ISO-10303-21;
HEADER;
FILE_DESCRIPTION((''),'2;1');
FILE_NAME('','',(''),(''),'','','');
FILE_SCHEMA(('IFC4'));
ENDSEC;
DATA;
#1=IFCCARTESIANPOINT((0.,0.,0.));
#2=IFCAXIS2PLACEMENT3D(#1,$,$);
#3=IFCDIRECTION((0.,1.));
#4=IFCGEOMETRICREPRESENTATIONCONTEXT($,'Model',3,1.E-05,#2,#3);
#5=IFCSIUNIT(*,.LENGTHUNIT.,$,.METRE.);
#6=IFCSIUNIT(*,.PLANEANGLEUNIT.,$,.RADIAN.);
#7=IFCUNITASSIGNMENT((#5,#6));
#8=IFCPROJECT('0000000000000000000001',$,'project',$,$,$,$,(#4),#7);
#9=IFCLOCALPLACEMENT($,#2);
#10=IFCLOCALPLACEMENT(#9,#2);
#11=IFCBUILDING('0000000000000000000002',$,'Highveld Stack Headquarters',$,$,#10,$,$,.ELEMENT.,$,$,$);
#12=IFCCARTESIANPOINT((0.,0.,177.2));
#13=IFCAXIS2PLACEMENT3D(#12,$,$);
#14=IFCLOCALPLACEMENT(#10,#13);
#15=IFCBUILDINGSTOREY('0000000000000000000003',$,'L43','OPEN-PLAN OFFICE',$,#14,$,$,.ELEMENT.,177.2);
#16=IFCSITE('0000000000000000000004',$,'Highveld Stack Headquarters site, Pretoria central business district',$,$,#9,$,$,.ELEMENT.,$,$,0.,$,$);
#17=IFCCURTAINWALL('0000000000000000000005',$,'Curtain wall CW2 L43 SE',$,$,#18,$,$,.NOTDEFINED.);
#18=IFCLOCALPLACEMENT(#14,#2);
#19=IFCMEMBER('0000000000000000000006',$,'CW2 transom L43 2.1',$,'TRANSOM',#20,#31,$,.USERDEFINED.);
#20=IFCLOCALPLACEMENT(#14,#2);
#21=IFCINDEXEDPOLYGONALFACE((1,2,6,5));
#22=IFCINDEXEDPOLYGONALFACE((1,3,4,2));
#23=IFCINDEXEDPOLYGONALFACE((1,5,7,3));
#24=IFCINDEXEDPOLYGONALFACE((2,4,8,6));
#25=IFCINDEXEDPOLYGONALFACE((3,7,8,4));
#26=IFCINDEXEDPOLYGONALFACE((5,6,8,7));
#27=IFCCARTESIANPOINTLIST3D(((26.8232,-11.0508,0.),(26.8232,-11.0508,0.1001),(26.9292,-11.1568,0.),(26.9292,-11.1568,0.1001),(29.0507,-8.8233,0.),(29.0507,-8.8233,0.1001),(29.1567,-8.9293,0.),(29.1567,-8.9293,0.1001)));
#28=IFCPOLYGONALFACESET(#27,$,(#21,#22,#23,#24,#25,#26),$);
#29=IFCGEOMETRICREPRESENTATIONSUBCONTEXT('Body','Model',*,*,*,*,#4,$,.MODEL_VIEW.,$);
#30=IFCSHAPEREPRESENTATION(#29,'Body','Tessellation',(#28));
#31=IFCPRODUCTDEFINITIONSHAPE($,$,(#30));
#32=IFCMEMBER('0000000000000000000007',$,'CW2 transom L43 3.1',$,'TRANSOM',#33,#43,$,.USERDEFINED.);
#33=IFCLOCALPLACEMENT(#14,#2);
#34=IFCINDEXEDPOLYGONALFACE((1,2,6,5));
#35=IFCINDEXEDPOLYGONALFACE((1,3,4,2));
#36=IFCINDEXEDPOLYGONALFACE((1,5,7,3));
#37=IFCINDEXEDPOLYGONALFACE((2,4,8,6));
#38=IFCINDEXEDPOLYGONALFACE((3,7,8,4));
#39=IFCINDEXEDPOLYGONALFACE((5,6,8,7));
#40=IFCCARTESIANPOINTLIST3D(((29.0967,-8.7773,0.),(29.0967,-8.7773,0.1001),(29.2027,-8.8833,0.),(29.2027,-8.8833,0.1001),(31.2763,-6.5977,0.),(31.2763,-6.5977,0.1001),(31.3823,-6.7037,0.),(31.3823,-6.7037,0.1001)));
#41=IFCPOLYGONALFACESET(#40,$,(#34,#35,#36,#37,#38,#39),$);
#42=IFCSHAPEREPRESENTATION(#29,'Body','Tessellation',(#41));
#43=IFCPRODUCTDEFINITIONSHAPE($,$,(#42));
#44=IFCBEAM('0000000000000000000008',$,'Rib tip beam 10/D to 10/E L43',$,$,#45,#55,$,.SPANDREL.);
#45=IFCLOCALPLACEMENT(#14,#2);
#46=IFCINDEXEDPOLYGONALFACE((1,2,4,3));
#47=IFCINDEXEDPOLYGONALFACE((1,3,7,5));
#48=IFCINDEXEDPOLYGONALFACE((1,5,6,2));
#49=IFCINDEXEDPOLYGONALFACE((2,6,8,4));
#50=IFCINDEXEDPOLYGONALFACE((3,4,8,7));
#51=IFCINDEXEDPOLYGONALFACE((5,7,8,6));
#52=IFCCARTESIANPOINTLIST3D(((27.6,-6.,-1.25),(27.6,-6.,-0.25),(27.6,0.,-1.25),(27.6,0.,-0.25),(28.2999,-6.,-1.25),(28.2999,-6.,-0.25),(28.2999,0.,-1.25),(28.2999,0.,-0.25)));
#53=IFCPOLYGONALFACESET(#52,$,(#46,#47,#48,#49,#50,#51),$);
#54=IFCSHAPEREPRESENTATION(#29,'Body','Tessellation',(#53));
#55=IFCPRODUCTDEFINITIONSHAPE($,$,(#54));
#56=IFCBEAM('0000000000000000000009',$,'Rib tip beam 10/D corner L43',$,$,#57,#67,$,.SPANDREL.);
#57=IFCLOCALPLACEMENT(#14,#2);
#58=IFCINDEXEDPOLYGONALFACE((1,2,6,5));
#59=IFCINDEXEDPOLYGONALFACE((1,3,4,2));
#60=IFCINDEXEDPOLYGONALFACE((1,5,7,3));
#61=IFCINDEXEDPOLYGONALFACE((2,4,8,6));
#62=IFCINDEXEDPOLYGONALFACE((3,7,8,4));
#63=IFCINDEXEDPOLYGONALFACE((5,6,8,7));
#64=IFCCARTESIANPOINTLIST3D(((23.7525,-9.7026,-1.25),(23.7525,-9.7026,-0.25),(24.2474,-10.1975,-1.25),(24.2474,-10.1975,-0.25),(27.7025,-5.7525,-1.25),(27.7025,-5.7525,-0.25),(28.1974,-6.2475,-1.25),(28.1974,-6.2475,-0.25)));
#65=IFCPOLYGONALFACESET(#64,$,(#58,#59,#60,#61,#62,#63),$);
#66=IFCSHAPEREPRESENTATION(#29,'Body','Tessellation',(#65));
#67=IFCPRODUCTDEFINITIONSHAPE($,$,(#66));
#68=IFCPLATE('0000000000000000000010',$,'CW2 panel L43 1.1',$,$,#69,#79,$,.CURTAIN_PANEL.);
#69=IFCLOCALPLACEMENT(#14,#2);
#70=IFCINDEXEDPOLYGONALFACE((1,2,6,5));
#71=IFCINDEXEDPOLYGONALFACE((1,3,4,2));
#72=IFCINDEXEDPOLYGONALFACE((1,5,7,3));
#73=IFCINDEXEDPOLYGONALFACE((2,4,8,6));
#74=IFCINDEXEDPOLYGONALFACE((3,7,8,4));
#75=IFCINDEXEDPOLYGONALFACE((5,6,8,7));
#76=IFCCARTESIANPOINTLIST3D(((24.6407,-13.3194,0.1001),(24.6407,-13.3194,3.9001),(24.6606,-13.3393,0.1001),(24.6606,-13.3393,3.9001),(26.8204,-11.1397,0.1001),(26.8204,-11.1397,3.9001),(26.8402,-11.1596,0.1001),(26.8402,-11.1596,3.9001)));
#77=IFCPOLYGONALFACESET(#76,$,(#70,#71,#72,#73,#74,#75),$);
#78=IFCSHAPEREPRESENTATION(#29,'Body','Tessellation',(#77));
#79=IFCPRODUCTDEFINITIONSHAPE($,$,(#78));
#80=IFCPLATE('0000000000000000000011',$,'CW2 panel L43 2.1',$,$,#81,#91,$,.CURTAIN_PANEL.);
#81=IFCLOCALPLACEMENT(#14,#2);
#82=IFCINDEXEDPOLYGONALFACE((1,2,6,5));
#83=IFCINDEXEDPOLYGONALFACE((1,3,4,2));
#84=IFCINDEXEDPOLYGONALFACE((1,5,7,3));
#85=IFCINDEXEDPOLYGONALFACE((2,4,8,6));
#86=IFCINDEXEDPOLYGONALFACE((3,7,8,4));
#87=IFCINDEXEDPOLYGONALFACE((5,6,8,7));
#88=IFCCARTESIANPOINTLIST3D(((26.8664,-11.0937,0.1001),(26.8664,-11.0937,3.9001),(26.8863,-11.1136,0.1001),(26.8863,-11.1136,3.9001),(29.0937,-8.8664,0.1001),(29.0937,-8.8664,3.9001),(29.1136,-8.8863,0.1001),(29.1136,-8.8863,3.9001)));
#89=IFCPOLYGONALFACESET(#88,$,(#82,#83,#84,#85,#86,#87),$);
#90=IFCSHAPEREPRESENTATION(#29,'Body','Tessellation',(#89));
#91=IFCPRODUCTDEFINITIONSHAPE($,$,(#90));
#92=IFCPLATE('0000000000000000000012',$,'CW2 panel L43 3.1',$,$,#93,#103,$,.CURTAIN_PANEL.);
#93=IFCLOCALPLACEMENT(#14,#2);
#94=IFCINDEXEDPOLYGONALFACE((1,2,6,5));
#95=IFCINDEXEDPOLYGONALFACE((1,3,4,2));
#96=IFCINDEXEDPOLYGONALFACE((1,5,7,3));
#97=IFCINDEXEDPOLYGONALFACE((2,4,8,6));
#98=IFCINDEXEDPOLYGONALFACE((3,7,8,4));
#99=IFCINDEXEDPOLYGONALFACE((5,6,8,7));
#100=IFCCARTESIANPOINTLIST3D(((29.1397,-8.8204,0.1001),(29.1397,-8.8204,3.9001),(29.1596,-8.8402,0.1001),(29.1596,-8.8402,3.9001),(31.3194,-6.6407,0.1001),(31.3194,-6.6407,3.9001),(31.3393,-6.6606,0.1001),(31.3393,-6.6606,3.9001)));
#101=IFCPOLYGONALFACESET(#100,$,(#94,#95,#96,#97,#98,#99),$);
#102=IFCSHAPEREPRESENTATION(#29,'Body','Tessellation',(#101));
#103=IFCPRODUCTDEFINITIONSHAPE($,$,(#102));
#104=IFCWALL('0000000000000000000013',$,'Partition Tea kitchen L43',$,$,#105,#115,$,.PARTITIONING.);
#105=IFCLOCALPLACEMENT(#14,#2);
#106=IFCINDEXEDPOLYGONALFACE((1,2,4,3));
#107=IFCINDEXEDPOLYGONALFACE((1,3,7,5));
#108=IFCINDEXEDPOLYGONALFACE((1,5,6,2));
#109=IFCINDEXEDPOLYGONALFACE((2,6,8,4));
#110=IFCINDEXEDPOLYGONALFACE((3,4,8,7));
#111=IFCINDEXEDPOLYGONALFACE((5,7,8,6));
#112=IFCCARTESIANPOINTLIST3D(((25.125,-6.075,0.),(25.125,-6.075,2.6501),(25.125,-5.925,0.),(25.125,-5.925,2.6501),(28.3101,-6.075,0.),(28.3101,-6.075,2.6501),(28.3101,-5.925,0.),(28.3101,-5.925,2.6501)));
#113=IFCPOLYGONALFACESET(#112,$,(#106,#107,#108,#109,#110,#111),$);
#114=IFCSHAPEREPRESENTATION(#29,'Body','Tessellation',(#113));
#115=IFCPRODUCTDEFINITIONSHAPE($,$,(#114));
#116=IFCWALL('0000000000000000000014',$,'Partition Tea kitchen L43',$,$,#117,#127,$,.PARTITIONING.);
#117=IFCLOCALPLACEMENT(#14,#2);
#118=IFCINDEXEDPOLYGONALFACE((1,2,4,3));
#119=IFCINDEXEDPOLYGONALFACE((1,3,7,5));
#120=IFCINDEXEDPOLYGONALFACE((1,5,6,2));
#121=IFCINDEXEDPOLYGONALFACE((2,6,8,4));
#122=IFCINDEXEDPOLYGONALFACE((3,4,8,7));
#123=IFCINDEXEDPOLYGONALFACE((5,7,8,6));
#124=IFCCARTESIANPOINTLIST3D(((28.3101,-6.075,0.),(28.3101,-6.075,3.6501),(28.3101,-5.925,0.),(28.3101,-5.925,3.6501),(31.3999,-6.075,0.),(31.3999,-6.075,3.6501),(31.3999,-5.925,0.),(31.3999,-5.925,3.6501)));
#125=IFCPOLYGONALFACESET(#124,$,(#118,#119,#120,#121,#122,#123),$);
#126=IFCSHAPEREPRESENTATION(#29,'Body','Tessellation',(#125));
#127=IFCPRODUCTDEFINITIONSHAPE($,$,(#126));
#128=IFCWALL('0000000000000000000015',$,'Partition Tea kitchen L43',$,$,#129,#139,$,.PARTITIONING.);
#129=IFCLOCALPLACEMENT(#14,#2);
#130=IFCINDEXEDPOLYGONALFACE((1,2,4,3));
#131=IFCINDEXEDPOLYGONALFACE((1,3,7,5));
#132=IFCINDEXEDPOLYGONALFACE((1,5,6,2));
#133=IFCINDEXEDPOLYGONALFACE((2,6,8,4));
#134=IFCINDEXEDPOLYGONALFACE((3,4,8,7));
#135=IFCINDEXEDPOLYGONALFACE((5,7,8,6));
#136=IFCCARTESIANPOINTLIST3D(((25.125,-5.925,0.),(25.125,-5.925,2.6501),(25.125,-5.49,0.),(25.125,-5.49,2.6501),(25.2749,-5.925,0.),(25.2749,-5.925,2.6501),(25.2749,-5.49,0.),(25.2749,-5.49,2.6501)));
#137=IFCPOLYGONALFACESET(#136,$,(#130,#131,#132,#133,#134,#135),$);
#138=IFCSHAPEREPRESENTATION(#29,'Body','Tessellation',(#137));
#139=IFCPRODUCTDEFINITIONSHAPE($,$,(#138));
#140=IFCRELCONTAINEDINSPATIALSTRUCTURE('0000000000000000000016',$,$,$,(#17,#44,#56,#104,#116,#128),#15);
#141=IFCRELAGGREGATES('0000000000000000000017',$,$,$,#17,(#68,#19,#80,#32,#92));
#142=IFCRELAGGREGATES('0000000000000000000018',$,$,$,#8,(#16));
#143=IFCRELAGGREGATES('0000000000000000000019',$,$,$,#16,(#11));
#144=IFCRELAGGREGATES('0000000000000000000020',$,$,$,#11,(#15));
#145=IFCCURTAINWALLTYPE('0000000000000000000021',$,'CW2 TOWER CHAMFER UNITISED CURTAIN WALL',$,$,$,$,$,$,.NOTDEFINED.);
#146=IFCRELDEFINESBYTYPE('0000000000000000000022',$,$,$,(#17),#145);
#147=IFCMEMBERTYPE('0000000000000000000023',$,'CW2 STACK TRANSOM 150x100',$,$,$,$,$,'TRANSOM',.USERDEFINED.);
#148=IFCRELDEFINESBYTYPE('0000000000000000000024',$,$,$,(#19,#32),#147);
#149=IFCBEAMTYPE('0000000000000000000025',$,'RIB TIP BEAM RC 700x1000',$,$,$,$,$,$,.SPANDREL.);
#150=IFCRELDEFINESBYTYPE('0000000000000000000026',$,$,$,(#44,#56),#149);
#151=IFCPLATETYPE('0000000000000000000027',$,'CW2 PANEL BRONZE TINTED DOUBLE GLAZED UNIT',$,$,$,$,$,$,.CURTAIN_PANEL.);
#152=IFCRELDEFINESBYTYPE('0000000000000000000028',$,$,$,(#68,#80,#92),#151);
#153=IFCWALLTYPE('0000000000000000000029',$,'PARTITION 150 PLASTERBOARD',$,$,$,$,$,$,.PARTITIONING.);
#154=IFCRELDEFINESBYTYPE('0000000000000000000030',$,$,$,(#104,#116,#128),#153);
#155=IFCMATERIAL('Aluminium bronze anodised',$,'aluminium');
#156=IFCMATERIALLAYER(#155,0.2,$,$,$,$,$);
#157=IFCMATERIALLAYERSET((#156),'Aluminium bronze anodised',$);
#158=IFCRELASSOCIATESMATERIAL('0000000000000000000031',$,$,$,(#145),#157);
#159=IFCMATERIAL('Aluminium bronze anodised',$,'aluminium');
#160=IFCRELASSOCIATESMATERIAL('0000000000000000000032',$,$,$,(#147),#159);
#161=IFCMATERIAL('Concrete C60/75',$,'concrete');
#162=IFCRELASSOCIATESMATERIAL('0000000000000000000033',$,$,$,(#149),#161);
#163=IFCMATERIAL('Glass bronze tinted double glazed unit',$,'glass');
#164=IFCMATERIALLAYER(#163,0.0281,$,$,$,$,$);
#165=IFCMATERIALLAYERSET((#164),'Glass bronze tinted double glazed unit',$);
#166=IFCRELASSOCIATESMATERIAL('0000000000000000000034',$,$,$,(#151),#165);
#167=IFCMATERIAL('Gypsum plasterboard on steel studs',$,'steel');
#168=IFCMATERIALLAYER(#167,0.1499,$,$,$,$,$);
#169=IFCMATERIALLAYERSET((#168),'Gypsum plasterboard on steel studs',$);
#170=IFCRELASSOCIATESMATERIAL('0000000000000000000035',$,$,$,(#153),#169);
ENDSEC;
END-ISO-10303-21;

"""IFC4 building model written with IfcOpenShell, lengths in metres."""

from ifc_helpers import new_model, si_unit, direction, frame, frame_2d, origin, origin_2d, place, context, subcontext, project, spatial, rectangle, extrude, material, layer, layer_set, material_profile, profile_set, type_object, element, aggregate, save


model = new_model("IFC4")

# Units and contexts
model_context = context("Model", 3, precision=1e-05, world=origin(), true_north=direction((0.0, 1.0)))
body_context = subcontext(model_context, "Body", "Model", "MODEL_VIEW")
ifc_project = project(units=[si_unit("LENGTHUNIT", "METRE"), si_unit("PLANEANGLEUNIT", "RADIAN")], contexts=[model_context])

# Site, building, storey
site_placement = place(None, origin())
site = spatial("IfcSite", under=ifc_project, at=site_placement, Name="Highveld Stack Headquarters site, Pretoria central business district", CompositionType="ELEMENT", RefElevation=0.0)
building_placement = place(site_placement, origin())
building = spatial("IfcBuilding", under=site, at=building_placement, Name="Highveld Stack Headquarters", CompositionType="ELEMENT")
storey_placement = place(building_placement, frame((0.0, 0.0, 177.2)))
storey = spatial("IfcBuildingStorey", under=building, at=storey_placement, Name="L43", Description="OPEN-PLAN OFFICE", CompositionType="ELEMENT", Elevation=177.2)

# Curtain wall, members
ifc_material_1 = material(Name="Aluminium bronze anodised", Category="aluminium")
ifc_layer_1 = layer(ifc_material_1, 0.2)
ifc_layer_set_1 = layer_set([ifc_layer_1], Name="Aluminium bronze anodised")
curtain_wall_type_1 = type_object("IfcCurtainWallType", Name="CW2 TOWER CHAMFER UNITISED CURTAIN WALL", PredefinedType="NOTDEFINED", material=ifc_layer_set_1)
curtain_wall_1_placement = place(storey_placement, origin())
curtain_wall_1 = element("IfcCurtainWall", 1, at=curtain_wall_1_placement, inside=storey, type_object=curtain_wall_type_1, Name="Curtain wall CW2 L43 SE", PredefinedType="NOTDEFINED")
ifc_material_2 = material(Name="Aluminium bronze anodised", Category="aluminium")
ifc_material_profile_1 = material_profile(ifc_material_2, rectangle(XDim=0.1499, YDim=0.1001, at=origin_2d()), Name="CW2 TRANSOM 150x100")
ifc_profile_set_1 = profile_set([ifc_material_profile_1], Name="Aluminium bronze anodised")
member_type_1 = type_object("IfcMemberType", Name="CW2 STACK TRANSOM 150x100", ElementType="TRANSOM", PredefinedType="USERDEFINED", material=ifc_profile_set_1)
member_1_placement = place(storey_placement, frame((26.8762, -11.1038, 0.05), z_axis=(0.707107, 0.707107, 0.0), x_axis=(-0.707107, 0.707107, 0.0)))
member_1 = element("IfcMember", 2, at=member_1_placement, type_object=member_type_1, Name="CW2 transom L43 2.1", ObjectType="TRANSOM", PredefinedType="USERDEFINED", context=body_context, shape_type="SweptSolid", body=[
    extrude(rectangle(XDim=0.1499, YDim=0.1001, at=origin_2d()), origin(), (0.0, 0.0, 1.0), 3.1501),
])
member_2_placement = place(storey_placement, frame((29.1497, -8.8303, 0.05), z_axis=(0.707107, 0.707107, 0.0), x_axis=(-0.707107, 0.707107, 0.0)))
member_2 = element("IfcMember", 3, at=member_2_placement, type_object=member_type_1, Name="CW2 transom L43 3.1", ObjectType="TRANSOM", PredefinedType="USERDEFINED", context=body_context, shape_type="SweptSolid", body=[
    extrude(rectangle(XDim=0.1499, YDim=0.1001, at=origin_2d()), origin(), (0.0, 0.0, 1.0), 3.0825),
])

# Beams
ifc_material_3 = material(Name="Concrete C60/75", Category="concrete")
ifc_material_profile_2 = material_profile(ifc_material_3, rectangle(XDim=0.7, YDim=1.0, at=origin_2d()), Name="RC 700x1000")
ifc_profile_set_2 = profile_set([ifc_material_profile_2], Name="Concrete C60/75")
beam_type_1 = type_object("IfcBeamType", Name="RIB TIP BEAM RC 700x1000", PredefinedType="SPANDREL", material=ifc_profile_set_2)
beam_1_placement = place(storey_placement, frame((27.95, -6.0, -0.75), z_axis=(0.0, 1.0, 0.0), x_axis=(-1.0, 0.0, 0.0)))
element("IfcBeam", 4, at=beam_1_placement, inside=storey, type_object=beam_type_1, Name="Rib tip beam 10/D to 10/E L43", PredefinedType="SPANDREL", context=body_context, shape_type="SweptSolid", body=[
    extrude(rectangle(XDim=0.7, YDim=1.0, at=origin_2d()), origin(), (0.0, 0.0, 1.0), 6.0),
])
beam_2_placement = place(storey_placement, frame((27.95, -6.0, -0.75), z_axis=(-0.707107, -0.707107, 0.0), x_axis=(0.707107, -0.707107, 0.0)))
element("IfcBeam", 5, at=beam_2_placement, inside=storey, type_object=beam_type_1, Name="Rib tip beam 10/D corner L43", PredefinedType="SPANDREL", context=body_context, shape_type="SweptSolid", body=[
    extrude(rectangle(XDim=0.7, YDim=1.0, at=origin_2d()), origin(), (0.0, 0.0, 1.0), 5.5862),
])

# Plates
ifc_material_4 = material(Name="Glass bronze tinted double glazed unit", Category="glass")
ifc_layer_2 = layer(ifc_material_4, 0.0281)
ifc_layer_set_2 = layer_set([ifc_layer_2], Name="Glass bronze tinted double glazed unit")
plate_type = type_object("IfcPlateType", Name="CW2 PANEL BRONZE TINTED DOUBLE GLAZED UNIT", PredefinedType="CURTAIN_PANEL", material=ifc_layer_set_2)
plate_1_placement = place(storey_placement, frame((25.7405, -12.2395, 0.1001), z_axis=(0.0, 0.0, 1.0), x_axis=(0.707107, 0.707107, 0.0)))
plate_1 = element("IfcPlate", 6, at=plate_1_placement, type_object=plate_type, Name="CW2 panel L43 1.1", PredefinedType="CURTAIN_PANEL", context=body_context, shape_type="SweptSolid", body=[
    extrude(rectangle(XDim=3.0825, YDim=0.0281, at=origin_2d()), origin(), (0.0, 0.0, 1.0), 3.8),
])
plate_2_placement = place(storey_placement, frame((27.99, -9.99, 0.1001), z_axis=(0.0, 0.0, 1.0), x_axis=(0.707107, 0.707107, 0.0)))
plate_2 = element("IfcPlate", 7, at=plate_2_placement, type_object=plate_type, Name="CW2 panel L43 2.1", PredefinedType="CURTAIN_PANEL", context=body_context, shape_type="SweptSolid", body=[
    extrude(rectangle(XDim=3.1499, YDim=0.0281, at=origin_2d()), origin(), (0.0, 0.0, 1.0), 3.8),
])
plate_3_placement = place(storey_placement, frame((30.2395, -7.7405, 0.1001), z_axis=(0.0, 0.0, 1.0), x_axis=(0.707107, 0.707107, 0.0)))
plate_3 = element("IfcPlate", 8, at=plate_3_placement, type_object=plate_type, Name="CW2 panel L43 3.1", PredefinedType="CURTAIN_PANEL", context=body_context, shape_type="SweptSolid", body=[
    extrude(rectangle(XDim=3.0825, YDim=0.0281, at=origin_2d()), origin(), (0.0, 0.0, 1.0), 3.8),
])
aggregate(curtain_wall_1, [plate_1, member_1, plate_2, member_2, plate_3])

# Walls
ifc_material_5 = material(Name="Gypsum plasterboard on steel studs", Category="steel")
ifc_layer_3 = layer(ifc_material_5, 0.1499)
ifc_layer_set_3 = layer_set([ifc_layer_3], Name="Gypsum plasterboard on steel studs")
wall_type = type_object("IfcWallType", Name="PARTITION 150 PLASTERBOARD", PredefinedType="PARTITIONING", material=ifc_layer_set_3)
wall_1_placement = place(storey_placement, frame((25.125, -6.0, 0.0), z_axis=(0.0, 0.0, 1.0), x_axis=(1.0, 0.0, 0.0)))
element("IfcWall", 9, at=wall_1_placement, inside=storey, type_object=wall_type, Name="Partition Tea kitchen L43", PredefinedType="PARTITIONING", context=body_context, shape_type="SweptSolid", body=[
    extrude(rectangle(XDim=3.1851, YDim=0.1499, at=frame_2d((1.5925, 0.0))), origin(), (0.0, 0.0, 1.0), 2.6501),
])
wall_2_placement = place(storey_placement, frame((28.3101, -6.0, 0.0), z_axis=(0.0, 0.0, 1.0), x_axis=(1.0, 0.0, 0.0)))
element("IfcWall", 10, at=wall_2_placement, inside=storey, type_object=wall_type, Name="Partition Tea kitchen L43", PredefinedType="PARTITIONING", context=body_context, shape_type="SweptSolid", body=[
    extrude(rectangle(XDim=3.0898, YDim=0.1499, at=frame_2d((1.5449, 0.0))), origin(), (0.0, 0.0, 1.0), 3.6501),
])
wall_3_placement = place(storey_placement, frame((25.2, -5.925, 0.0), z_axis=(0.0, 0.0, 1.0), x_axis=(0.0, 1.0, 0.0)))
element("IfcWall", 11, at=wall_3_placement, inside=storey, type_object=wall_type, Name="Partition Tea kitchen L43", PredefinedType="PARTITIONING", context=body_context, shape_type="SweptSolid", body=[
    extrude(rectangle(XDim=0.4351, YDim=0.1499, at=frame_2d((0.2175, 0.0))), origin(), (0.0, 0.0, 1.0), 2.6501),
])

save(model, "model.ifc")
